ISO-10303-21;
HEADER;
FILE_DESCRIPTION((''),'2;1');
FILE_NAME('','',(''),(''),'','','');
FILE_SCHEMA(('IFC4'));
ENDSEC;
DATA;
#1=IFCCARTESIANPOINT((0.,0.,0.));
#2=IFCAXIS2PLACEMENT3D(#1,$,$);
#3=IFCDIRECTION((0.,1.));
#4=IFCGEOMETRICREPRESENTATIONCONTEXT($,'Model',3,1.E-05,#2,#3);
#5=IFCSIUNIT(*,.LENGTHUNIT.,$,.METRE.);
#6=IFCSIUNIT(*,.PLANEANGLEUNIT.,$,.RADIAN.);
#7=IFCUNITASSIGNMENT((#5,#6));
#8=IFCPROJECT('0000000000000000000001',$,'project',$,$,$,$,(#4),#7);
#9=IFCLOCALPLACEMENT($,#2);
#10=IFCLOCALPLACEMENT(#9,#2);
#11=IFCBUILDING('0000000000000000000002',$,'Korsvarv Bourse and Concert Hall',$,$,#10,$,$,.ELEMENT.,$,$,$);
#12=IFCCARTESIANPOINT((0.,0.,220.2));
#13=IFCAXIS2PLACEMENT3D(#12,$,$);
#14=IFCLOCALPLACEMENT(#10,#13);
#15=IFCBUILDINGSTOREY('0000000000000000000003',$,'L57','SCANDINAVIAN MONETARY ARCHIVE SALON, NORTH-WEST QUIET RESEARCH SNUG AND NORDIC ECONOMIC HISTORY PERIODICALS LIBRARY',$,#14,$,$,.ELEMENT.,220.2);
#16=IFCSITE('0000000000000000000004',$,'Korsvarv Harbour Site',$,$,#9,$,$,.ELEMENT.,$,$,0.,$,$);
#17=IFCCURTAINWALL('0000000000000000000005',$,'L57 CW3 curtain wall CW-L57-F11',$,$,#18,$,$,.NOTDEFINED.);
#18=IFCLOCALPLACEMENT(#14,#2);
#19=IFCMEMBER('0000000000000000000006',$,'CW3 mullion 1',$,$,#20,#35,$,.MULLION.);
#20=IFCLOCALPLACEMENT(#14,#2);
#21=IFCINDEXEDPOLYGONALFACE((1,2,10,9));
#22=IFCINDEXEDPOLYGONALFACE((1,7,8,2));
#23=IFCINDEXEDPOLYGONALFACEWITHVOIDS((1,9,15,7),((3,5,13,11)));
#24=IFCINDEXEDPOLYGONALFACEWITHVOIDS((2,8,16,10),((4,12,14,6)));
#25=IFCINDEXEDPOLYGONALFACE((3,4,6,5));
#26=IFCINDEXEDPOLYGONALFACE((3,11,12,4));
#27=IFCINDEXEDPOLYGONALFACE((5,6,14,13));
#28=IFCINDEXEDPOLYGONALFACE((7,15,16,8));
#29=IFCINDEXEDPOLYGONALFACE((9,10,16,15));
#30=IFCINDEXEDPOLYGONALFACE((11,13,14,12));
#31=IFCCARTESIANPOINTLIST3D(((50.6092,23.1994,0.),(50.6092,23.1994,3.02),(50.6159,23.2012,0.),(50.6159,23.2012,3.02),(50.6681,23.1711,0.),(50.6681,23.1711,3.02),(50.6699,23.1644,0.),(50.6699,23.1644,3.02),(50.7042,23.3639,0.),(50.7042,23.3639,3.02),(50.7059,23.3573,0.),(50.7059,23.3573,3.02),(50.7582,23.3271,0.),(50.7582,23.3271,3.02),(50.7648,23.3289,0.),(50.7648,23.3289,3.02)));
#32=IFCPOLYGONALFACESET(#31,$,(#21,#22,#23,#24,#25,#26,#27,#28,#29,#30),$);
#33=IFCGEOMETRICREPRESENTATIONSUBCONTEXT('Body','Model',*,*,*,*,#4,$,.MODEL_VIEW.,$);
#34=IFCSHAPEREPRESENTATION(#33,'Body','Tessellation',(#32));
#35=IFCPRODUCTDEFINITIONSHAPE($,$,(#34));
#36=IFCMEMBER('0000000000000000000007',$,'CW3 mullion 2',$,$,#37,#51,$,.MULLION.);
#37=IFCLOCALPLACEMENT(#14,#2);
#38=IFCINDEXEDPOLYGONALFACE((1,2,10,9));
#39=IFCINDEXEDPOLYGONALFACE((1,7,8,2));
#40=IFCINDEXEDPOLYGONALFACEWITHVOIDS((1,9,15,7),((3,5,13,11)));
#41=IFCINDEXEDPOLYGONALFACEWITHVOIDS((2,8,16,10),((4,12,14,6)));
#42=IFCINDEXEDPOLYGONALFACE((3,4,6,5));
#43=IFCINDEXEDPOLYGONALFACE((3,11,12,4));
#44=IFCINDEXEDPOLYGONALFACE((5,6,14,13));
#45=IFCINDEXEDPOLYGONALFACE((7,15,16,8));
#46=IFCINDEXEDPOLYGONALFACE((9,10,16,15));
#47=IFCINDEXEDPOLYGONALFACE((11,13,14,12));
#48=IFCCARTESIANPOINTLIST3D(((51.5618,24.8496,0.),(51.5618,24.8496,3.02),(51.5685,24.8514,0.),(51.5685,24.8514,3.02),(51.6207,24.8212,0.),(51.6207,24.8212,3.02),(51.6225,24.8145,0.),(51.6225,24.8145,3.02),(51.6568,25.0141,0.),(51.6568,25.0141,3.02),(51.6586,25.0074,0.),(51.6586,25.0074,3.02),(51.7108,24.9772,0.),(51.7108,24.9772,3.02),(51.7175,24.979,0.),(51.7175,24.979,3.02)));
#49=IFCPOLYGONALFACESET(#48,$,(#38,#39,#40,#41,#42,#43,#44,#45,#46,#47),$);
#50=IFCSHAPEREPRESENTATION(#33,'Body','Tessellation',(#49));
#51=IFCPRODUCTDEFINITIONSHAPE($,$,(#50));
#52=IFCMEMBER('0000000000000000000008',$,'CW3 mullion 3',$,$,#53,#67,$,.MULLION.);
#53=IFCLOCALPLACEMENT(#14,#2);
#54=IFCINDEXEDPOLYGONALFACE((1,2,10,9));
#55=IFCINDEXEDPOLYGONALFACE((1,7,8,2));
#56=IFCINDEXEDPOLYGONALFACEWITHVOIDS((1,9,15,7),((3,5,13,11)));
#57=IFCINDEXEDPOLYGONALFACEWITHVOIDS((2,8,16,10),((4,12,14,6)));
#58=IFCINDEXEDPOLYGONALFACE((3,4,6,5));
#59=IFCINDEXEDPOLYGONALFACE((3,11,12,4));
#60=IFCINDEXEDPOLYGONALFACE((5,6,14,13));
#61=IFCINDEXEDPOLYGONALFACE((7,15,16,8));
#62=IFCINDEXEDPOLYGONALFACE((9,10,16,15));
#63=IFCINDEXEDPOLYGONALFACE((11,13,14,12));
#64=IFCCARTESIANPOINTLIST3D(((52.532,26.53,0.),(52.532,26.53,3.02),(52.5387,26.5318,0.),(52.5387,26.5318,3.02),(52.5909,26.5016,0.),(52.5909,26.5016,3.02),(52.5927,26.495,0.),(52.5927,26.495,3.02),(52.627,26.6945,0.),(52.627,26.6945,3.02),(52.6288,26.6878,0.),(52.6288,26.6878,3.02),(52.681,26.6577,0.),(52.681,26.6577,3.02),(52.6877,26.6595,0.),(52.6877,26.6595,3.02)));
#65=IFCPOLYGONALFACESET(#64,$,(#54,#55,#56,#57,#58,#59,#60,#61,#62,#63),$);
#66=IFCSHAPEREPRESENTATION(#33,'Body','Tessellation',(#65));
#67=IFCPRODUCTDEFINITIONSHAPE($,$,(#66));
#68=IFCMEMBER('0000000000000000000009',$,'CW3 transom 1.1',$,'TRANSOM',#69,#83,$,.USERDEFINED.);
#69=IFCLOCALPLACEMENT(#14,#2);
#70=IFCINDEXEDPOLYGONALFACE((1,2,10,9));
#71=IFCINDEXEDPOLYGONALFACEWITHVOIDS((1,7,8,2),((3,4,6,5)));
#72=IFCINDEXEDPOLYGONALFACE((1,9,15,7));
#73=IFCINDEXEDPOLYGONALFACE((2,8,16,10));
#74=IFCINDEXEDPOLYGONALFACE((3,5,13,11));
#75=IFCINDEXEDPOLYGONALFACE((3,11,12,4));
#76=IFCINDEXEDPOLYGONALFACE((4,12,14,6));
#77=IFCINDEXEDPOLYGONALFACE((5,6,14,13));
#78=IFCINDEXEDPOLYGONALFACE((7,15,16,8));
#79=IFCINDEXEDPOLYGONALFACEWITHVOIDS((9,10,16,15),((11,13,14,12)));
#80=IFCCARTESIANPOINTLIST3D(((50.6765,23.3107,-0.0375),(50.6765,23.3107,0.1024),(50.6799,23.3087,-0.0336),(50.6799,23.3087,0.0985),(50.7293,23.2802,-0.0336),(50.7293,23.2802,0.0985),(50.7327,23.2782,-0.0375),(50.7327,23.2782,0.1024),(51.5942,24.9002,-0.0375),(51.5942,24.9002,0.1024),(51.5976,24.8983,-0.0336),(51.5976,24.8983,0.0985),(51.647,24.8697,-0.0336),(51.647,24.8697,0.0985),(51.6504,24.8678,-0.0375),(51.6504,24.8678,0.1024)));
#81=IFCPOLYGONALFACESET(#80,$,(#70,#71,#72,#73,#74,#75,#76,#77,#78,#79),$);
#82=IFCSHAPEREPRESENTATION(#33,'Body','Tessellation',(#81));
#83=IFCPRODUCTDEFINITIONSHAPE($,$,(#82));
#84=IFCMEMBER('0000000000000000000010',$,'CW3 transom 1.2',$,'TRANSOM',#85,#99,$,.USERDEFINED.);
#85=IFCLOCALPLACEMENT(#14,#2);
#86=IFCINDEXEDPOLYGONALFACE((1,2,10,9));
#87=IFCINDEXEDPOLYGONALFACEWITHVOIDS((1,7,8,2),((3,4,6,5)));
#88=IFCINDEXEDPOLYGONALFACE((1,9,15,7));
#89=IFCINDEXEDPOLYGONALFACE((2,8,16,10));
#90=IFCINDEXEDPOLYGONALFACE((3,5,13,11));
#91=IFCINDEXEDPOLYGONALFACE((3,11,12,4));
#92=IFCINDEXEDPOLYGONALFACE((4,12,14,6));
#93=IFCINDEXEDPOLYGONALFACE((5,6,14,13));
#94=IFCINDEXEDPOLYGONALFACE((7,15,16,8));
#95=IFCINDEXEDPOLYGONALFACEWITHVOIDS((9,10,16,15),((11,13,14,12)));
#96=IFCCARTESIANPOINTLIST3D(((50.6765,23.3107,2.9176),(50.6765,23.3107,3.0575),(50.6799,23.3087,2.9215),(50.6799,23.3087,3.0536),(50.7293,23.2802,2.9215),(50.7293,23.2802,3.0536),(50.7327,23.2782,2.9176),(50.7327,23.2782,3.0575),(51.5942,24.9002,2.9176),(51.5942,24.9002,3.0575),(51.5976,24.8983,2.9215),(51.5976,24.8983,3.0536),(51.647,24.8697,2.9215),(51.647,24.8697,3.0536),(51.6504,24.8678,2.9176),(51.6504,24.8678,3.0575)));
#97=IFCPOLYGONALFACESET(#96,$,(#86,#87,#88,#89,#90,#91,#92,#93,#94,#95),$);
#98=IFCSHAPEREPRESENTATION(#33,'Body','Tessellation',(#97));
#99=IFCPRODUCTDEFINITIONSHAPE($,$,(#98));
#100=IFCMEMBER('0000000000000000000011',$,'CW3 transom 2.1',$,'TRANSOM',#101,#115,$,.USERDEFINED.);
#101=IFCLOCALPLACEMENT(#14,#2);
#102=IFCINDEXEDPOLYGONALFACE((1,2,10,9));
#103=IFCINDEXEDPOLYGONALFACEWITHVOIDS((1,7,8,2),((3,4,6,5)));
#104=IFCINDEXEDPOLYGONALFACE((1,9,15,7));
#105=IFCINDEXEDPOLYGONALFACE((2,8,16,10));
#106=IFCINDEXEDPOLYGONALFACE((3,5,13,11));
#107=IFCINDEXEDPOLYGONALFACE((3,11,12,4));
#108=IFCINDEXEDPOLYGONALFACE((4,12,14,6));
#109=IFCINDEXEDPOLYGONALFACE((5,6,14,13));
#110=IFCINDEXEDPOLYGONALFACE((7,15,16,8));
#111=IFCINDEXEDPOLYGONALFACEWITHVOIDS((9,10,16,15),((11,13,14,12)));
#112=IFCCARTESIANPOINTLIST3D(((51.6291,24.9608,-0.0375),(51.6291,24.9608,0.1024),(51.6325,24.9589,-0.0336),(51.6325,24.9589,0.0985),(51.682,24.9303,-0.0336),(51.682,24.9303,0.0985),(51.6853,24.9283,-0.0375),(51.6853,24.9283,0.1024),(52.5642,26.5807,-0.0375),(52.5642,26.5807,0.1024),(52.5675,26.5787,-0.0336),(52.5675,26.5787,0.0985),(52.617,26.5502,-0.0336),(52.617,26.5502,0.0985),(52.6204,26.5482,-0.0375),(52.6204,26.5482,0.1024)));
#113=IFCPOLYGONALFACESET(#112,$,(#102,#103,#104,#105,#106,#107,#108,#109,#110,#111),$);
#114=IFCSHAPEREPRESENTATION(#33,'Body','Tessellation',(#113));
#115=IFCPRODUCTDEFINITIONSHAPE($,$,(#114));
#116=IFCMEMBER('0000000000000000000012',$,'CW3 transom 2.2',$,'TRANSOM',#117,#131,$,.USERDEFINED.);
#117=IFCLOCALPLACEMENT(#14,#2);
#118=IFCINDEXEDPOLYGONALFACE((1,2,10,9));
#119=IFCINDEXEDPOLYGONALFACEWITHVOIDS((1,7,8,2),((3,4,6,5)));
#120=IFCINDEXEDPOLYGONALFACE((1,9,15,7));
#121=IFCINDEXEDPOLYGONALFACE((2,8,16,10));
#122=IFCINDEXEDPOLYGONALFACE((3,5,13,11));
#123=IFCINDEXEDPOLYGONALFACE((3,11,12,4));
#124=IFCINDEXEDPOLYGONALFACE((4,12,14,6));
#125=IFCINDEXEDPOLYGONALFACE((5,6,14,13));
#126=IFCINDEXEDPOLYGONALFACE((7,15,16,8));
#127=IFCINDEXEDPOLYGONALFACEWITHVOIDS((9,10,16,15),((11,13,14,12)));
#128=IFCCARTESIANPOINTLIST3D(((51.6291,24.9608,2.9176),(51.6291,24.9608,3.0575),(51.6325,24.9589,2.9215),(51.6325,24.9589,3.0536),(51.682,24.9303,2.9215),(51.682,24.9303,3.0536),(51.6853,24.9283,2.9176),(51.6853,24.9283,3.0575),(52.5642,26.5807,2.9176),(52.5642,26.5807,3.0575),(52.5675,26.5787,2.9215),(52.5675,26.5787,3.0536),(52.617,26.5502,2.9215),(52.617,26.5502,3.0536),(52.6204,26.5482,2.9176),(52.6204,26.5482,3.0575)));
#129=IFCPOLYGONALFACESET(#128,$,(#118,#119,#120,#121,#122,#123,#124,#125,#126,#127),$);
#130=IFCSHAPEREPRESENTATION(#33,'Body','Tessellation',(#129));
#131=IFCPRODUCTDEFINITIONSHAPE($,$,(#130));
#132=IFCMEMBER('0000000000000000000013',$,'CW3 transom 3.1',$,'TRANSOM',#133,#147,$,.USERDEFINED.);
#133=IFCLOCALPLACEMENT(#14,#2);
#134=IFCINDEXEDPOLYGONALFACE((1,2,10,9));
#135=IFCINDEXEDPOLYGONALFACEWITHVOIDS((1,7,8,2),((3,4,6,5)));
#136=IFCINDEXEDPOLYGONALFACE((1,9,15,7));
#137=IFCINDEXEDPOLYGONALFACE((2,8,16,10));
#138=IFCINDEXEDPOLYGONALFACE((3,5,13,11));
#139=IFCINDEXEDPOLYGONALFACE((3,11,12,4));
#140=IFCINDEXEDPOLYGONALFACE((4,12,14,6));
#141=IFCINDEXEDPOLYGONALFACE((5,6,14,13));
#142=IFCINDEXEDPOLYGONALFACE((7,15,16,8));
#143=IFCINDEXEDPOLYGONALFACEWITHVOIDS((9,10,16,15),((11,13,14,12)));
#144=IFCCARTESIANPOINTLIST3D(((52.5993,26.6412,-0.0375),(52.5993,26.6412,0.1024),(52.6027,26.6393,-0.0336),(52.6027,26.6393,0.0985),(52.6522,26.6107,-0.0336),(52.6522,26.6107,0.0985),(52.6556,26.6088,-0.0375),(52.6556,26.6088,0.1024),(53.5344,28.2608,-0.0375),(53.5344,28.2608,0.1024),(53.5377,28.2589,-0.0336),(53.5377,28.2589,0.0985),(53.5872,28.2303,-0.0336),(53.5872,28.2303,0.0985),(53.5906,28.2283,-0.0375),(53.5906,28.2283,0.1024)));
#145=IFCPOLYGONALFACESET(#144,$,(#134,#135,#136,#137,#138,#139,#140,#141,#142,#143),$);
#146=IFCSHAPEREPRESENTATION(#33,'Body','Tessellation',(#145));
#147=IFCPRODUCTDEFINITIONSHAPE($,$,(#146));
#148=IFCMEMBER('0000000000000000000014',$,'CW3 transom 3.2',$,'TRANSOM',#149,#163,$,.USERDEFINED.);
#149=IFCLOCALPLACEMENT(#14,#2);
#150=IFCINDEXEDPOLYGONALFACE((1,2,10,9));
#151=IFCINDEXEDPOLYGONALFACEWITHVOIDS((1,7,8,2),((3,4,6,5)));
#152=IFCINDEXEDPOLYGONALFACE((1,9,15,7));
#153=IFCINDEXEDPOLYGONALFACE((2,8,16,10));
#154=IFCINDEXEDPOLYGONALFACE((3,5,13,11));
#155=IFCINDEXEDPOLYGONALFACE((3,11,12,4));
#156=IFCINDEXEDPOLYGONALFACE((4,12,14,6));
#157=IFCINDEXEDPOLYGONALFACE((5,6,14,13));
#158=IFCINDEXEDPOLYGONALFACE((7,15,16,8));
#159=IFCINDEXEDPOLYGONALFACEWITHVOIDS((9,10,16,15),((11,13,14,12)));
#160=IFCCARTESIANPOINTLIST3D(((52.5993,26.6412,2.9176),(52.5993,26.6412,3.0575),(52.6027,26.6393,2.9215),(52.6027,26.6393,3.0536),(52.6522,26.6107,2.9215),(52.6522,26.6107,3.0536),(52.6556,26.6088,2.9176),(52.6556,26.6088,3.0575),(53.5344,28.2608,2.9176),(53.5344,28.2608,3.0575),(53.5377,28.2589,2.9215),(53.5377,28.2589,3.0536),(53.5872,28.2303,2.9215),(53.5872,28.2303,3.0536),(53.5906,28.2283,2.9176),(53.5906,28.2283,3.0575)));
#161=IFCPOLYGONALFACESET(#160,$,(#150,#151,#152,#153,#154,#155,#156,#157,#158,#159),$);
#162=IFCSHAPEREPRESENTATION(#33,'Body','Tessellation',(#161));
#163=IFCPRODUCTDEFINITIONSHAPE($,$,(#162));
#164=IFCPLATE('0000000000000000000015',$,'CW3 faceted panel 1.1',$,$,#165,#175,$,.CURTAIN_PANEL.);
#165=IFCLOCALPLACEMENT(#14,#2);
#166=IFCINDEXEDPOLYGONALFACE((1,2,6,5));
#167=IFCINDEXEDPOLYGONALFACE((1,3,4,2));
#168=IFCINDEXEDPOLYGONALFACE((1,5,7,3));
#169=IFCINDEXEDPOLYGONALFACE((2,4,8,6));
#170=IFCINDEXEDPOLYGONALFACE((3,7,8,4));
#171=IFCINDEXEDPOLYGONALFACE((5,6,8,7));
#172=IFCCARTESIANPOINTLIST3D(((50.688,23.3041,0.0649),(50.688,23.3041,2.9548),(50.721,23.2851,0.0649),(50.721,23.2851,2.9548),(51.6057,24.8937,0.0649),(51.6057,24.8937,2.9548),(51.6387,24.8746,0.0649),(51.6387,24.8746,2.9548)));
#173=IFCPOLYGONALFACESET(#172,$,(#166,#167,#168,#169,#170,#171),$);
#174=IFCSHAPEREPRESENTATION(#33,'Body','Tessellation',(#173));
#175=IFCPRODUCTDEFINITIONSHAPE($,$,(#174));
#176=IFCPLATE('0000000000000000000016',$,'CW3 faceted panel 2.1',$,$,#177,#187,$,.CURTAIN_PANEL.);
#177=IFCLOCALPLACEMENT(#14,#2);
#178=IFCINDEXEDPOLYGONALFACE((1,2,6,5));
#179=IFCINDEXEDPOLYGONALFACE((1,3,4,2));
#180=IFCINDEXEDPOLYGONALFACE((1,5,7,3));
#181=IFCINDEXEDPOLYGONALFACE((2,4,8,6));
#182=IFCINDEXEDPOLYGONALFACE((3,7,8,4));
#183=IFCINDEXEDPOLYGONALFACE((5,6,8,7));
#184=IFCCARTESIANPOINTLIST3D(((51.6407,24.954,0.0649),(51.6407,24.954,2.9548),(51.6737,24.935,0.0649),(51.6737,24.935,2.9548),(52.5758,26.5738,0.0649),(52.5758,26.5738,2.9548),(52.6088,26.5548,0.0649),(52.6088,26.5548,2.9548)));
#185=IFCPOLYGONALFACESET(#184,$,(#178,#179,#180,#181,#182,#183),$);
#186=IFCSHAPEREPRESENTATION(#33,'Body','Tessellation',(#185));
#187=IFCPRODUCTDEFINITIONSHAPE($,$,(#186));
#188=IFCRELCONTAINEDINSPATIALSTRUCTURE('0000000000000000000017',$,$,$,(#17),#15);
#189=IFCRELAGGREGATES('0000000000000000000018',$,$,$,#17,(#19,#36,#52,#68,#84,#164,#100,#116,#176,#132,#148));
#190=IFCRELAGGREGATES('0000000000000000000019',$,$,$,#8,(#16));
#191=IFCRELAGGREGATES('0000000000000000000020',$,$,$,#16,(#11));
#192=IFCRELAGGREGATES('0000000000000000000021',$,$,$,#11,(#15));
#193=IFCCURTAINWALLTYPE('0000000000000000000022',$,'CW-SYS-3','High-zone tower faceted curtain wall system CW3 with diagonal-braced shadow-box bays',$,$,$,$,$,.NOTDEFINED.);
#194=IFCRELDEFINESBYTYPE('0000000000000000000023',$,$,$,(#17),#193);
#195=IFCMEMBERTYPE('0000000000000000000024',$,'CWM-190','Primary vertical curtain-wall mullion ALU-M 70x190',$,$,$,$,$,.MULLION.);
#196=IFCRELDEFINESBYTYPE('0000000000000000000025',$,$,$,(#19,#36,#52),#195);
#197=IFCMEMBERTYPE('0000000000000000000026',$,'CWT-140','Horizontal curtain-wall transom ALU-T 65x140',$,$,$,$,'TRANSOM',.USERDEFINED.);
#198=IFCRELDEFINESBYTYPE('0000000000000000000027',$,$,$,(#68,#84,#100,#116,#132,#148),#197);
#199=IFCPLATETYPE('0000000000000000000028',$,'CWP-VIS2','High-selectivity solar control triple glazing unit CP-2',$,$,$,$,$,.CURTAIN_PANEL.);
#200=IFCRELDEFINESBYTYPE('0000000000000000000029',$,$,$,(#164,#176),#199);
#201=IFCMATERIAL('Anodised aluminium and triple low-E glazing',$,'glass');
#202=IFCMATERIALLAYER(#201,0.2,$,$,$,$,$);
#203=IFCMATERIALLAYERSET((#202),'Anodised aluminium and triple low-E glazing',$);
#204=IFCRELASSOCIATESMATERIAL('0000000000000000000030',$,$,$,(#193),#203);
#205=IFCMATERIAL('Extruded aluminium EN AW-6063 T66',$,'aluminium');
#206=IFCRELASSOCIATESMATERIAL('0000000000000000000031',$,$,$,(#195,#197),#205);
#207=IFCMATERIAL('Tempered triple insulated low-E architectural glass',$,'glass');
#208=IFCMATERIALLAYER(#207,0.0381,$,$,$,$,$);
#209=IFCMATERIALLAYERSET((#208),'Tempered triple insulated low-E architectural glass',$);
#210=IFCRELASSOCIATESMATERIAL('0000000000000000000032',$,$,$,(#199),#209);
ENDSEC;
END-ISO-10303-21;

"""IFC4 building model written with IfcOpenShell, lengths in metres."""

from ifc_helpers import new_model, si_unit, direction, frame, origin, origin_2d, place, context, subcontext, project, spatial, rectangle, hollow_rectangle, extrude, source, transform, mapped, material, layer, layer_set, material_profile, profile_set, type_object, element, aggregate, save


model = new_model("IFC4")

# Units and contexts
model_context = context("Model", 3, precision=1e-05, world=origin(), true_north=direction((0.0, 1.0)))
body_context = subcontext(model_context, "Body", "Model", "MODEL_VIEW")
ifc_project = project(units=[si_unit("LENGTHUNIT", "METRE"), si_unit("PLANEANGLEUNIT", "RADIAN")], contexts=[model_context])

# Site, building, storey
site_placement = place(None, origin())
site = spatial("IfcSite", under=ifc_project, at=site_placement, Name="Korsvarv Harbour Site", CompositionType="ELEMENT", RefElevation=0.0)
building_placement = place(site_placement, origin())
building = spatial("IfcBuilding", under=site, at=building_placement, Name="Korsvarv Bourse and Concert Hall", CompositionType="ELEMENT")
storey_placement = place(building_placement, frame((0.0, 0.0, 220.2)))
storey = spatial("IfcBuildingStorey", under=building, at=storey_placement, Name="L57", Description="SCANDINAVIAN MONETARY ARCHIVE SALON, NORTH-WEST QUIET RESEARCH SNUG AND NORDIC ECONOMIC HISTORY PERIODICALS LIBRARY", CompositionType="ELEMENT", Elevation=220.2)

# Curtain wall, members, plates
ifc_material_1 = material(Name="Anodised aluminium and triple low-E glazing", Category="glass")
ifc_layer_1 = layer(ifc_material_1, 0.2)
ifc_layer_set_1 = layer_set([ifc_layer_1], Name="Anodised aluminium and triple low-E glazing")
curtain_wall_type = type_object("IfcCurtainWallType", Name="CW-SYS-3", Description="High-zone tower faceted curtain wall system CW3 with diagonal-braced shadow-box bays", PredefinedType="NOTDEFINED", material=ifc_layer_set_1)
curtain_wall_placement = place(storey_placement, origin())
curtain_wall = element("IfcCurtainWall", 1, at=curtain_wall_placement, inside=storey, type_object=curtain_wall_type, Name="L57 CW3 curtain wall CW-L57-F11", PredefinedType="NOTDEFINED")
ifc_material_2 = material(Name="Extruded aluminium EN AW-6063 T66", Category="aluminium")
ifc_material_profile_1 = material_profile(ifc_material_2, hollow_rectangle(XDim=0.0701, YDim=0.1899, WallThickness=0.0049, at=origin_2d()), Name="ALU-M 70x190")
ifc_profile_set_1 = profile_set([ifc_material_profile_1], Name="Extruded aluminium EN AW-6063 T66")
member_type_1 = type_object("IfcMemberType", Name="CWM-190", Description="Primary vertical curtain-wall mullion ALU-M 70x190", PredefinedType="MULLION", material=ifc_profile_set_1)
shared_shape_1 = source(origin(), body_context, "Body", "SweptSolid", [
    extrude(hollow_rectangle(XDim=0.0701, YDim=0.1899, WallThickness=0.0049, at=origin_2d()), origin(), (0.0, 0.0, 1.0), 3.02),
])
member_1_placement = place(storey_placement, frame((50.687, 23.2642, 0.0), z_axis=(0.0, 0.0, 1.0), x_axis=(-0.86603, 0.499992, 0.0)))
member_1 = element("IfcMember", 2, at=member_1_placement, type_object=member_type_1, Name="CW3 mullion 1", PredefinedType="MULLION", context=body_context, shape_type="MappedRepresentation", body=[
    mapped(shared_shape_1, transform((0.0, 0.0, 0.0), scale=1.0)),
])
member_2_placement = place(storey_placement, frame((51.6396, 24.9143, 0.0), z_axis=(0.0, 0.0, 1.0), x_axis=(-0.86603, 0.499992, 0.0)))
member_2 = element("IfcMember", 3, at=member_2_placement, type_object=member_type_1, Name="CW3 mullion 2", PredefinedType="MULLION", context=body_context, shape_type="MappedRepresentation", body=[
    mapped(shared_shape_1, transform((0.0, 0.0, 0.0), scale=1.0)),
])
member_3_placement = place(storey_placement, frame((52.6099, 26.5947, 0.0), z_axis=(0.0, 0.0, 1.0), x_axis=(-0.86603, 0.499992, 0.0)))
member_3 = element("IfcMember", 4, at=member_3_placement, type_object=member_type_1, Name="CW3 mullion 3", PredefinedType="MULLION", context=body_context, shape_type="MappedRepresentation", body=[
    mapped(shared_shape_1, transform((0.0, 0.0, 0.0), scale=1.0)),
])
ifc_material_profile_2 = material_profile(ifc_material_2, hollow_rectangle(XDim=0.0649, YDim=0.1399, WallThickness=0.0039, at=origin_2d()), Name="ALU-T 65x140")
ifc_profile_set_2 = profile_set([ifc_material_profile_2], Name="Extruded aluminium EN AW-6063 T66")
member_type_2 = type_object("IfcMemberType", Name="CWT-140", Description="Horizontal curtain-wall transom ALU-T 65x140", ElementType="TRANSOM", PredefinedType="USERDEFINED", material=ifc_profile_set_2)
shared_shape_2 = source(origin(), body_context, "Body", "SweptSolid", [
    extrude(hollow_rectangle(XDim=0.0649, YDim=0.1399, WallThickness=0.0039, at=origin_2d()), origin(), (0.0, 0.0, 1.0), 1.8354),
])
member_4_placement = place(storey_placement, frame((50.7046, 23.2944, 0.0325), z_axis=(0.499987, 0.866033, 0.0), x_axis=(-0.866033, 0.499987, 0.0)))
member_4 = element("IfcMember", 5, at=member_4_placement, type_object=member_type_2, Name="CW3 transom 1.1", ObjectType="TRANSOM", PredefinedType="USERDEFINED", context=body_context, shape_type="MappedRepresentation", body=[
    mapped(shared_shape_2, transform((0.0, 0.0, 0.0), scale=1.0)),
])
member_5_placement = place(storey_placement, frame((50.7046, 23.2944, 2.9875), z_axis=(0.499987, 0.866033, 0.0), x_axis=(-0.866033, 0.499987, 0.0)))
member_5 = element("IfcMember", 6, at=member_5_placement, type_object=member_type_2, Name="CW3 transom 1.2", ObjectType="TRANSOM", PredefinedType="USERDEFINED", context=body_context, shape_type="MappedRepresentation", body=[
    mapped(shared_shape_2, transform((0.0, 0.0, 0.0), scale=1.0)),
])
shared_shape_3 = source(origin(), body_context, "Body", "SweptSolid", [
    extrude(hollow_rectangle(XDim=0.0649, YDim=0.1399, WallThickness=0.0039, at=origin_2d()), origin(), (0.0, 0.0, 1.0), 1.8704),
])
member_6_placement = place(storey_placement, frame((51.6572, 24.9446, 0.0325), z_axis=(0.49993, 0.866066, 0.0), x_axis=(-0.866066, 0.49993, 0.0)))
member_6 = element("IfcMember", 7, at=member_6_placement, type_object=member_type_2, Name="CW3 transom 2.1", ObjectType="TRANSOM", PredefinedType="USERDEFINED", context=body_context, shape_type="MappedRepresentation", body=[
    mapped(shared_shape_3, transform((0.0, 0.0, 0.0), scale=1.0)),
])
member_7_placement = place(storey_placement, frame((51.6572, 24.9446, 2.9875), z_axis=(0.49993, 0.866066, 0.0), x_axis=(-0.866066, 0.49993, 0.0)))
member_7 = element("IfcMember", 8, at=member_7_placement, type_object=member_type_2, Name="CW3 transom 2.2", ObjectType="TRANSOM", PredefinedType="USERDEFINED", context=body_context, shape_type="MappedRepresentation", body=[
    mapped(shared_shape_3, transform((0.0, 0.0, 0.0), scale=1.0)),
])
shared_shape_4 = source(origin(), body_context, "Body", "SweptSolid", [
    extrude(hollow_rectangle(XDim=0.0649, YDim=0.1399, WallThickness=0.0039, at=origin_2d()), origin(), (0.0, 0.0, 1.0), 1.8701),
])
member_8_placement = place(storey_placement, frame((52.6274, 26.625, 0.0325), z_axis=(0.499986, 0.866033, 0.0), x_axis=(-0.866033, 0.499986, 0.0)))
member_8 = element("IfcMember", 9, at=member_8_placement, type_object=member_type_2, Name="CW3 transom 3.1", ObjectType="TRANSOM", PredefinedType="USERDEFINED", context=body_context, shape_type="MappedRepresentation", body=[
    mapped(shared_shape_4, transform((0.0, 0.0, 0.0), scale=1.0)),
])
member_9_placement = place(storey_placement, frame((52.6274, 26.625, 2.9875), z_axis=(0.499986, 0.866033, 0.0), x_axis=(-0.866033, 0.499986, 0.0)))
member_9 = element("IfcMember", 10, at=member_9_placement, type_object=member_type_2, Name="CW3 transom 3.2", ObjectType="TRANSOM", PredefinedType="USERDEFINED", context=body_context, shape_type="MappedRepresentation", body=[
    mapped(shared_shape_4, transform((0.0, 0.0, 0.0), scale=1.0)),
])
ifc_material_3 = material(Name="Tempered triple insulated low-E architectural glass", Category="glass")
ifc_layer_2 = layer(ifc_material_3, 0.0381)
ifc_layer_set_2 = layer_set([ifc_layer_2], Name="Tempered triple insulated low-E architectural glass")
plate_type = type_object("IfcPlateType", Name="CWP-VIS2", Description="High-selectivity solar control triple glazing unit CP-2", PredefinedType="CURTAIN_PANEL", material=ifc_layer_set_2)
shared_shape_5 = source(origin(), body_context, "Body", "SweptSolid", [
    extrude(rectangle(XDim=1.8354, YDim=0.0381, at=origin_2d()), origin(), (0.0, 0.0, 1.0), 2.8899),
])
plate_1_placement = place(storey_placement, frame((51.1633, 24.0894, 0.0649), z_axis=(0.0, 0.0, 1.0), x_axis=(0.499992, 0.86603, 0.0)))
plate_1 = element("IfcPlate", 11, at=plate_1_placement, type_object=plate_type, Name="CW3 faceted panel 1.1", PredefinedType="CURTAIN_PANEL", context=body_context, shape_type="MappedRepresentation", body=[
    mapped(shared_shape_5, transform((0.0, 0.0, 0.0), scale=1.0)),
])
shared_shape_6 = source(origin(), body_context, "Body", "SweptSolid", [
    extrude(rectangle(XDim=1.8704, YDim=0.0381, at=origin_2d()), origin(), (0.0, 0.0, 1.0), 2.8899),
])
plate_2_placement = place(storey_placement, frame((52.1248, 25.7544, 0.0649), z_axis=(0.0, 0.0, 1.0), x_axis=(0.499992, 0.86603, 0.0)))
plate_2 = element("IfcPlate", 12, at=plate_2_placement, type_object=plate_type, Name="CW3 faceted panel 2.1", PredefinedType="CURTAIN_PANEL", context=body_context, shape_type="MappedRepresentation", body=[
    mapped(shared_shape_6, transform((0.0, 0.0, 0.0), scale=1.0)),
])
aggregate(curtain_wall, [member_1, member_2, member_3, member_4, member_5, plate_1, member_6, member_7, plate_2, member_8, member_9])

save(model, "model.ifc")
